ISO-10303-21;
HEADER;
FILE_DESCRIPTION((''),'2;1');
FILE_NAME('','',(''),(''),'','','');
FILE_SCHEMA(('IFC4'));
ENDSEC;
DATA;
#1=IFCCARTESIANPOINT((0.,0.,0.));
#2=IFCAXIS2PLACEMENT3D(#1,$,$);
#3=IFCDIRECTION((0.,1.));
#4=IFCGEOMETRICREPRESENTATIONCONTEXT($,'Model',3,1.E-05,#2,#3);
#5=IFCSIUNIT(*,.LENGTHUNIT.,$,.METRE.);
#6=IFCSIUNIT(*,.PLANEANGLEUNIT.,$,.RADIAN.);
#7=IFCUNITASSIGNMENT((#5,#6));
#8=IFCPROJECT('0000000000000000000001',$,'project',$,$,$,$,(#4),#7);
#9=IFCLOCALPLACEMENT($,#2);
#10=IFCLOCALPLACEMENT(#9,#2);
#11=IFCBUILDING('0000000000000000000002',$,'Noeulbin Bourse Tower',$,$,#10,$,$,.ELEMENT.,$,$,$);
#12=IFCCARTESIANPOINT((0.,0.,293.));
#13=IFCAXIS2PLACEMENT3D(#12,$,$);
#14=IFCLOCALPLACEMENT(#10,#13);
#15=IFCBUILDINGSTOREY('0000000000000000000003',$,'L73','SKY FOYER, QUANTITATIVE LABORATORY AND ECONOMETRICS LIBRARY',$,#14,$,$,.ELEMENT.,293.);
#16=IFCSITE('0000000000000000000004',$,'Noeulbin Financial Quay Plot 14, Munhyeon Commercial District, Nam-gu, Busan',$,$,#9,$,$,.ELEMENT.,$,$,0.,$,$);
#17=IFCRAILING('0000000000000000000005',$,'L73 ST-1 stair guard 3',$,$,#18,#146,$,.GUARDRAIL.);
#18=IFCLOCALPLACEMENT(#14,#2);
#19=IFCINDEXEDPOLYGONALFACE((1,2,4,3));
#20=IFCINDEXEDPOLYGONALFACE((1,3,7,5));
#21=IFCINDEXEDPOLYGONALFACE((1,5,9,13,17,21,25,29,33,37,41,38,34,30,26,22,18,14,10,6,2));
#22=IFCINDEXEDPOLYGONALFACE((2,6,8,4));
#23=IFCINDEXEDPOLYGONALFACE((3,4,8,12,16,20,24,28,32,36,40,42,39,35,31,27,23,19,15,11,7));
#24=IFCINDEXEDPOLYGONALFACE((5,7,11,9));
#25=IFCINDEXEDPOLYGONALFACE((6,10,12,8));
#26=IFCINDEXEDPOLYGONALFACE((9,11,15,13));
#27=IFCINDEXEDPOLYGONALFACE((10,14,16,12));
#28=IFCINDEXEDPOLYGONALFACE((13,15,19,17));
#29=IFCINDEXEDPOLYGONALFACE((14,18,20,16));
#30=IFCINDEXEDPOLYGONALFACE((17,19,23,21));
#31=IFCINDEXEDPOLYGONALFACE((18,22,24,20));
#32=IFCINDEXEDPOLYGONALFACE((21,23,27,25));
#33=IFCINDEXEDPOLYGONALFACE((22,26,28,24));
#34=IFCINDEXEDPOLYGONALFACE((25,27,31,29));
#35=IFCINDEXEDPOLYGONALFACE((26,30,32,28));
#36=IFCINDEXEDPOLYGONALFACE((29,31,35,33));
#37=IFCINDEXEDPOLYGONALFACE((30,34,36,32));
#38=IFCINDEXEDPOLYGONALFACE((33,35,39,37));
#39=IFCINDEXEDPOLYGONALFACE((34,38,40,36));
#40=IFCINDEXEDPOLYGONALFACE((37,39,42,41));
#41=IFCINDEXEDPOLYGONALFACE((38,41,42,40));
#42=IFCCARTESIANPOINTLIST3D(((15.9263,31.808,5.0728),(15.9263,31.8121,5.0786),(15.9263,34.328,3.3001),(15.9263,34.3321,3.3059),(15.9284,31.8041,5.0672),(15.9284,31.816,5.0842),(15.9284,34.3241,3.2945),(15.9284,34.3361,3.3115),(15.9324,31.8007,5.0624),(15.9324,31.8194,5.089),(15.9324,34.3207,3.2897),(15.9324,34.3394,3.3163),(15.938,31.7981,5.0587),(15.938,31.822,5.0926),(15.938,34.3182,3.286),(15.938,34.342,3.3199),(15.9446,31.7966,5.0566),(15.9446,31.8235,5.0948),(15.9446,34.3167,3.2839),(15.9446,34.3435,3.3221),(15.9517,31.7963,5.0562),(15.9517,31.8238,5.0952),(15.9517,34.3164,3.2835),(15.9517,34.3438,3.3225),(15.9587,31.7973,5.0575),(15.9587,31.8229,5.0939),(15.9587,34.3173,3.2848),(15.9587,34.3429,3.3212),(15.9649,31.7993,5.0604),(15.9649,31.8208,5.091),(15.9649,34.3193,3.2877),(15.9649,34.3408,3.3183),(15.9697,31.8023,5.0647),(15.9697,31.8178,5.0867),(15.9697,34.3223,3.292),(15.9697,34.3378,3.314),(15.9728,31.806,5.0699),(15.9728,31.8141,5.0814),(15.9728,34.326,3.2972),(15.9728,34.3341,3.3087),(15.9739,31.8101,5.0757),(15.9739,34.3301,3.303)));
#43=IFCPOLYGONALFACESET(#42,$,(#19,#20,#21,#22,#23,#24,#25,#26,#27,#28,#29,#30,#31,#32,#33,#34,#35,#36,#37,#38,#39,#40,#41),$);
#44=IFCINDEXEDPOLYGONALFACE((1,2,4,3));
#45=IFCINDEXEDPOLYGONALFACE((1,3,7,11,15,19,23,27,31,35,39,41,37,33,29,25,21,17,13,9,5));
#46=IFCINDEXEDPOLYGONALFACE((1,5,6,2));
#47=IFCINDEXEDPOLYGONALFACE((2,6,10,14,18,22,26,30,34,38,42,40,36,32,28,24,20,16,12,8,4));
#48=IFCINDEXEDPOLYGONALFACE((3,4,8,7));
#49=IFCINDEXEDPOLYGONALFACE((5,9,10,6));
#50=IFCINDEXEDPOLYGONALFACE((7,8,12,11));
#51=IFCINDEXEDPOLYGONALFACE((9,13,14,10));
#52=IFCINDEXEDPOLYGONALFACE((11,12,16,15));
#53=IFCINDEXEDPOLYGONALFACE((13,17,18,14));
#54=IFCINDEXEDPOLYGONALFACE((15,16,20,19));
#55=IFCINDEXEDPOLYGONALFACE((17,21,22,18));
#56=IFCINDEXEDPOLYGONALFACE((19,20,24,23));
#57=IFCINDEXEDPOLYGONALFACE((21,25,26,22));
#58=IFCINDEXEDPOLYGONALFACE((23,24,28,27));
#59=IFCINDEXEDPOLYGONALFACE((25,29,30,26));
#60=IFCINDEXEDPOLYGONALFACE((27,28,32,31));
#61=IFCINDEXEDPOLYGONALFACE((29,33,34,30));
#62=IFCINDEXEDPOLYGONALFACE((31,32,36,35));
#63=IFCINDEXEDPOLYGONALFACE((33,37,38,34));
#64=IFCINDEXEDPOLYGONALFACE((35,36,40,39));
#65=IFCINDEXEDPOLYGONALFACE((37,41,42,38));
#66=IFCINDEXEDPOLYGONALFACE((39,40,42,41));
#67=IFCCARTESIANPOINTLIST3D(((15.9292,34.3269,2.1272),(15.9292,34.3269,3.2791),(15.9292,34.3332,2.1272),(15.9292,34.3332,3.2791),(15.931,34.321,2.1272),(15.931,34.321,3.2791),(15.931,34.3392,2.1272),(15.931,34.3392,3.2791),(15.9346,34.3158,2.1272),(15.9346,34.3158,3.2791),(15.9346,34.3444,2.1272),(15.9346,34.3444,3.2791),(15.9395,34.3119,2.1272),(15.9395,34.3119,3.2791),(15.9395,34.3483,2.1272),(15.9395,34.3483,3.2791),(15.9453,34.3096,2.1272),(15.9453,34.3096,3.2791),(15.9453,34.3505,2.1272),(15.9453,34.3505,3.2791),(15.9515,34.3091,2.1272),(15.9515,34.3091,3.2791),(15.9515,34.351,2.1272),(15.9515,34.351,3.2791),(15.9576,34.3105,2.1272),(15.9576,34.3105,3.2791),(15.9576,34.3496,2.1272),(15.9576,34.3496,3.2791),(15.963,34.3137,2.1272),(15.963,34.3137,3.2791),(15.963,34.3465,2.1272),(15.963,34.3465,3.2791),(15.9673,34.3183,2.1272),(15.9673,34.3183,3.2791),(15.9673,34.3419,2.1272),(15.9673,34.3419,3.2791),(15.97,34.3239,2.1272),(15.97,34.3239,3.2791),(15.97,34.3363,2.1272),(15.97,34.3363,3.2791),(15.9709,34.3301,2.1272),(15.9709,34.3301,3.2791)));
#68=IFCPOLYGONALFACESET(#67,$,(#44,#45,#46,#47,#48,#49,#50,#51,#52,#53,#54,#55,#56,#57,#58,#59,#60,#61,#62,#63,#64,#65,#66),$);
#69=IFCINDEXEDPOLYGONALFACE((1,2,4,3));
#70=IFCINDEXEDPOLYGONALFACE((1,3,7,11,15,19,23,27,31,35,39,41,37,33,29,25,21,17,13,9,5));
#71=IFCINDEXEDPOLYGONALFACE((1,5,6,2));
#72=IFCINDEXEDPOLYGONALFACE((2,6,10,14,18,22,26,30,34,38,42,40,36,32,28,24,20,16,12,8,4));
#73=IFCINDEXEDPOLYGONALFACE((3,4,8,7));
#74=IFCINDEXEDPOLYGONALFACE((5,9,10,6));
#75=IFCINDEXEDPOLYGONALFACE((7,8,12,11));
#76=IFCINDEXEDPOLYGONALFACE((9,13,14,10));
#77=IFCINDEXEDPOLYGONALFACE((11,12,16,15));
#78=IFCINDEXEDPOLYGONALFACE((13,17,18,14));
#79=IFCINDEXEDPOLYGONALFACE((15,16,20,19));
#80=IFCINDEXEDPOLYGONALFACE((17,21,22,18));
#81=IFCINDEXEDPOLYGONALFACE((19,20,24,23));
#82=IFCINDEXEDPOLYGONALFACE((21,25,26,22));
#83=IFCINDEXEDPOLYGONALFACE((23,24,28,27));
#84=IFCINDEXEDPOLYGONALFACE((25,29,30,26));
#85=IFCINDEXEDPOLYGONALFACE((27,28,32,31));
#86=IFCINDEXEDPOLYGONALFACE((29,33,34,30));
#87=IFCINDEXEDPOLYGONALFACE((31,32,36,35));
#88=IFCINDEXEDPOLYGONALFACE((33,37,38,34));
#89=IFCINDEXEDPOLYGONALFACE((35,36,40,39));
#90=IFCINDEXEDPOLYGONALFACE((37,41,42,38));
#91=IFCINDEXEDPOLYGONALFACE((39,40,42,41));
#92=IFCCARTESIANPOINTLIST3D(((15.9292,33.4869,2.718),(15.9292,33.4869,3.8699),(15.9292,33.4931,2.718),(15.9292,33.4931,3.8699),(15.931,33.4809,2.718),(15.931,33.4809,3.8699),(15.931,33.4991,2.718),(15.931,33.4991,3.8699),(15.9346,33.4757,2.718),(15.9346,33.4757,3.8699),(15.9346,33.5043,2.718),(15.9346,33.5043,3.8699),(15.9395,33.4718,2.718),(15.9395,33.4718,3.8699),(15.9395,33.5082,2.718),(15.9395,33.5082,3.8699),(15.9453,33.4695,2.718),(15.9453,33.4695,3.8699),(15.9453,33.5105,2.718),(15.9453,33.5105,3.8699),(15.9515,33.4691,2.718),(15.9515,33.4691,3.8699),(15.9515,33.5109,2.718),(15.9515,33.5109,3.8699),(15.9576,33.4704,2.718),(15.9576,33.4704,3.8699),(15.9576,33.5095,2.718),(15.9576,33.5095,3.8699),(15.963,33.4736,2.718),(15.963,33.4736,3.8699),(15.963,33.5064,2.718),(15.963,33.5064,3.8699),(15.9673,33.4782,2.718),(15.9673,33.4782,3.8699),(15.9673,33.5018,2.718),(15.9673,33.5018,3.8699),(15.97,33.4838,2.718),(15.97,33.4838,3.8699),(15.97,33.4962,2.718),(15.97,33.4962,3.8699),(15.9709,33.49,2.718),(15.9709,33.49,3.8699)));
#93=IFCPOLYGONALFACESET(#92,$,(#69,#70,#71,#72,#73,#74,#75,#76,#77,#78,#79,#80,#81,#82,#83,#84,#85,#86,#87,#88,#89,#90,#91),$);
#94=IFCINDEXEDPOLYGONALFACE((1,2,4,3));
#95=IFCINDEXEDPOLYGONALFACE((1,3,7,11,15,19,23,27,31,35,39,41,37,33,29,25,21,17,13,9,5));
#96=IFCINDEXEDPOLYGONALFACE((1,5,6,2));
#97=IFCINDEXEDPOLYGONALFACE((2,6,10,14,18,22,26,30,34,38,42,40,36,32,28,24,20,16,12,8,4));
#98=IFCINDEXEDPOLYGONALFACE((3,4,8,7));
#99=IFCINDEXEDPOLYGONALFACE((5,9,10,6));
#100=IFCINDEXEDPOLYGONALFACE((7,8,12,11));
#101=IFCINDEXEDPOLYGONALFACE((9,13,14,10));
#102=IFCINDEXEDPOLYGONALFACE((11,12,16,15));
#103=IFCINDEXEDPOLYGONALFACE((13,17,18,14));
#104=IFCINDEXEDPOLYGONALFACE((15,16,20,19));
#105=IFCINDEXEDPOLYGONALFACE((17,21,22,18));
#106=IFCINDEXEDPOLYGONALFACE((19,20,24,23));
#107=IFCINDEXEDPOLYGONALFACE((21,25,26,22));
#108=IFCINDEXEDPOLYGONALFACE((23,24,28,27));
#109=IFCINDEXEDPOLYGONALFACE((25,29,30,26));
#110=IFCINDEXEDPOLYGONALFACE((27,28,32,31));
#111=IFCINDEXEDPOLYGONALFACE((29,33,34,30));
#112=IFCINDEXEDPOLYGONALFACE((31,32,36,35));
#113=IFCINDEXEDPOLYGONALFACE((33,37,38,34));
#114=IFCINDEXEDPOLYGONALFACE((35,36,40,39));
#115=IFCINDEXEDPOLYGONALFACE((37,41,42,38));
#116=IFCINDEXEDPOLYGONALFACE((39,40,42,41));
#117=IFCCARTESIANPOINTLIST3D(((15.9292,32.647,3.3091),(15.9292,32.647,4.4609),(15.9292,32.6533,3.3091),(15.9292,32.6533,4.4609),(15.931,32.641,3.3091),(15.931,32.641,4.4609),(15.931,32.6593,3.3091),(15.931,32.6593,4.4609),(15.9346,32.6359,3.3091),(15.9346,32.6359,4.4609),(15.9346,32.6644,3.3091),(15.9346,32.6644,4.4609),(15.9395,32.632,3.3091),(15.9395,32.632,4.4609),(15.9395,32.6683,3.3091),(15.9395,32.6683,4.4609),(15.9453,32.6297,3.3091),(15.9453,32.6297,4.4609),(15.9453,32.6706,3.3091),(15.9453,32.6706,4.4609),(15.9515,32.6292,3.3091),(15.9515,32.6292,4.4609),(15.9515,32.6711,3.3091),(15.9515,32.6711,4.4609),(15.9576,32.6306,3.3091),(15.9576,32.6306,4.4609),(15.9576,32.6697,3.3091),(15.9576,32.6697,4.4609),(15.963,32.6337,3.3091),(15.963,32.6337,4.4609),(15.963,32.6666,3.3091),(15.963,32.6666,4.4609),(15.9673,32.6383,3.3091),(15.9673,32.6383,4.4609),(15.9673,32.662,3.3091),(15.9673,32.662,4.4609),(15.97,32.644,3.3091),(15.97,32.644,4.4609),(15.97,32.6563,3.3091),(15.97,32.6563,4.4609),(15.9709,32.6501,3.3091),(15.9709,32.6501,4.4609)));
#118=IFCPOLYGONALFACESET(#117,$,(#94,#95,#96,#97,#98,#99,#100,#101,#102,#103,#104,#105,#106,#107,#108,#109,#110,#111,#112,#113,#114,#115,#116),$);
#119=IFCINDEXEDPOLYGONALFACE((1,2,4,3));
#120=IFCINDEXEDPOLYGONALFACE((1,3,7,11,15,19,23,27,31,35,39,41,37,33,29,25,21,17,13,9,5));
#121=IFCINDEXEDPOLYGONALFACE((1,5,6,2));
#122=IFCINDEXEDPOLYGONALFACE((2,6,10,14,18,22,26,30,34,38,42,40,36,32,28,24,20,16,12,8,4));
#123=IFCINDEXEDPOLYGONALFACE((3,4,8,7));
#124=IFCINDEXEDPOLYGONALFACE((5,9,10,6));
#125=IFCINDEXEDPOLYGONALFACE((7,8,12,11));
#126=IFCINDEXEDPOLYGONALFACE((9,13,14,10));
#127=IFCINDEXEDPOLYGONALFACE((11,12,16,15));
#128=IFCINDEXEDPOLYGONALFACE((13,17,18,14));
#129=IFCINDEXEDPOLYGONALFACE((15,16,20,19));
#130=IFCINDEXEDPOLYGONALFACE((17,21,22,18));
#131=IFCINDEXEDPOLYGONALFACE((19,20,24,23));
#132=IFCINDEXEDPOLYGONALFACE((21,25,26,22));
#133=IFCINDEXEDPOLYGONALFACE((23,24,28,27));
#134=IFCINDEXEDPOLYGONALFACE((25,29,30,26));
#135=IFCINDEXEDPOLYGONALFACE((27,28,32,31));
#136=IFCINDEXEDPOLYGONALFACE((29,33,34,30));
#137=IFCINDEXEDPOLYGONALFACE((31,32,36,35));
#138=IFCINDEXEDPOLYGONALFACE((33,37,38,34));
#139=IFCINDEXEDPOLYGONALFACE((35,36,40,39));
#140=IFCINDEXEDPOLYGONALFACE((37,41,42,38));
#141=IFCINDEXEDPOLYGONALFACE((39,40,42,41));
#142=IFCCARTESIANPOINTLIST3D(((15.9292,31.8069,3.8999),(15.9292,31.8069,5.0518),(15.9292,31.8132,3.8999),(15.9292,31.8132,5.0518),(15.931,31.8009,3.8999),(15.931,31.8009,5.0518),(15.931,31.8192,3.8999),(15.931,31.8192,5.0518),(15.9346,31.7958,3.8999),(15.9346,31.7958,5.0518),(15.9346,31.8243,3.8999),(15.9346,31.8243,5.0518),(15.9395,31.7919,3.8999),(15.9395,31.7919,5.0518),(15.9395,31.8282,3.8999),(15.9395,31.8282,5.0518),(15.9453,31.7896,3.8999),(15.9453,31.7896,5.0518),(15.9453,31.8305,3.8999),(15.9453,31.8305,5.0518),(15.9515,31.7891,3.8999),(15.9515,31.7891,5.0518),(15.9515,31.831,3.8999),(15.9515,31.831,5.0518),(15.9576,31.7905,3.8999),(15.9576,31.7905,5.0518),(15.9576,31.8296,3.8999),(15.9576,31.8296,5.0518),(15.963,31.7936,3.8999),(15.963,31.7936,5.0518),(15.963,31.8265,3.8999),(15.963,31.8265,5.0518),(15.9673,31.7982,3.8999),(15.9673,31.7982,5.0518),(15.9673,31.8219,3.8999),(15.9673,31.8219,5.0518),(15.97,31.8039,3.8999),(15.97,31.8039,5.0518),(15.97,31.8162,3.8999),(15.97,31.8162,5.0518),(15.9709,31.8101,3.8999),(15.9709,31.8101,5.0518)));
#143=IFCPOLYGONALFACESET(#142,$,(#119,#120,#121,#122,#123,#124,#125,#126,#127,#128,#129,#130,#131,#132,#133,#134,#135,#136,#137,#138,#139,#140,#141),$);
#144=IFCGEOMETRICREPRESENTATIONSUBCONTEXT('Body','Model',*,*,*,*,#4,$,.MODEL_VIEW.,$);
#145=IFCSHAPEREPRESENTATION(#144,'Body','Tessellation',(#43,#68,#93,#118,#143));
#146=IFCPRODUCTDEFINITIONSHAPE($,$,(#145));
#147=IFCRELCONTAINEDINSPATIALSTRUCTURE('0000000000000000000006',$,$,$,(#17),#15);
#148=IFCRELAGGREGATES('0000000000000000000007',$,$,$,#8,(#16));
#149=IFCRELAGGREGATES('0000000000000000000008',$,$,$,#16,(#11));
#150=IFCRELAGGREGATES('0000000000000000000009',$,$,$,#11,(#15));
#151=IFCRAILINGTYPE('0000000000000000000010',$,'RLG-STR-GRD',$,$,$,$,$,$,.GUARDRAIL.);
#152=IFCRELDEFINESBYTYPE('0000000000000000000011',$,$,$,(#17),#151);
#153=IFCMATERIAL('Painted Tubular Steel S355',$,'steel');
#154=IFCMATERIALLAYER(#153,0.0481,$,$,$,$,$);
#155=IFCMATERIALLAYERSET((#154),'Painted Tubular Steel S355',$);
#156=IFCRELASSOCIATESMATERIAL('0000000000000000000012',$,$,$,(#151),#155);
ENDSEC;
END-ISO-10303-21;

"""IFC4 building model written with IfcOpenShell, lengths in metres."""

from ifc_helpers import new_model, si_unit, direction, frame, origin, origin_2d, place, context, subcontext, project, spatial, circle, extrude, material, layer, layer_set, type_object, element, save


model = new_model("IFC4")

# Units and contexts
model_context = context("Model", 3, precision=1e-05, world=origin(), true_north=direction((0.0, 1.0)))
body_context = subcontext(model_context, "Body", "Model", "MODEL_VIEW")
ifc_project = project(units=[si_unit("LENGTHUNIT", "METRE"), si_unit("PLANEANGLEUNIT", "RADIAN")], contexts=[model_context])

# Site, building, storey
site_placement = place(None, origin())
site = spatial("IfcSite", under=ifc_project, at=site_placement, Name="Noeulbin Financial Quay Plot 14, Munhyeon Commercial District, Nam-gu, Busan", CompositionType="ELEMENT", RefElevation=0.0)
building_placement = place(site_placement, origin())
building = spatial("IfcBuilding", under=site, at=building_placement, Name="Noeulbin Bourse Tower", CompositionType="ELEMENT")
storey_placement = place(building_placement, frame((0.0, 0.0, 293.0)))
storey = spatial("IfcBuildingStorey", under=building, at=storey_placement, Name="L73", Description="SKY FOYER, QUANTITATIVE LABORATORY AND ECONOMETRICS LIBRARY", CompositionType="ELEMENT", Elevation=293.0)

# Railing
ifc_material_1 = material(Name="Painted Tubular Steel S355", Category="steel")
ifc_layer_1 = layer(ifc_material_1, 0.0481)
ifc_layer_set_1 = layer_set([ifc_layer_1], Name="Painted Tubular Steel S355")
railing_type_1 = type_object("IfcRailingType", Name="RLG-STR-GRD", PredefinedType="GUARDRAIL", material=ifc_layer_set_1)
railing_1_placement = place(storey_placement, frame((15.95, 34.3301, 2.1272)))
element("IfcRailing", 1, at=railing_1_placement, inside=storey, type_object=railing_type_1, Name="L73 ST-1 stair guard 3", PredefinedType="GUARDRAIL", context=body_context, shape_type="SweptSolid", body=[
    extrude(circle(Radius=0.0239, at=origin_2d()), frame((0.0, 0.0, 1.1758), z_axis=(0.0, -0.817904, 0.575354), x_axis=(1.0, 0.0, 0.0)), (0.0, 0.0, 1.0), 3.0811),
    extrude(circle(Radius=0.021, at=origin_2d()), origin(), (0.0, 0.0, 1.0), 1.1519),
    extrude(circle(Radius=0.021, at=origin_2d()), frame((0.0, -0.8401, 0.5908)), (0.0, 0.0, 1.0), 1.1519),
    extrude(circle(Radius=0.021, at=origin_2d()), frame((0.0, -1.6799, 1.1819)), (0.0, 0.0, 1.0), 1.1519),
    extrude(circle(Radius=0.021, at=origin_2d()), frame((0.0, -2.52, 1.7727)), (0.0, 0.0, 1.0), 1.1519),
])

save(model, "model.ifc")
